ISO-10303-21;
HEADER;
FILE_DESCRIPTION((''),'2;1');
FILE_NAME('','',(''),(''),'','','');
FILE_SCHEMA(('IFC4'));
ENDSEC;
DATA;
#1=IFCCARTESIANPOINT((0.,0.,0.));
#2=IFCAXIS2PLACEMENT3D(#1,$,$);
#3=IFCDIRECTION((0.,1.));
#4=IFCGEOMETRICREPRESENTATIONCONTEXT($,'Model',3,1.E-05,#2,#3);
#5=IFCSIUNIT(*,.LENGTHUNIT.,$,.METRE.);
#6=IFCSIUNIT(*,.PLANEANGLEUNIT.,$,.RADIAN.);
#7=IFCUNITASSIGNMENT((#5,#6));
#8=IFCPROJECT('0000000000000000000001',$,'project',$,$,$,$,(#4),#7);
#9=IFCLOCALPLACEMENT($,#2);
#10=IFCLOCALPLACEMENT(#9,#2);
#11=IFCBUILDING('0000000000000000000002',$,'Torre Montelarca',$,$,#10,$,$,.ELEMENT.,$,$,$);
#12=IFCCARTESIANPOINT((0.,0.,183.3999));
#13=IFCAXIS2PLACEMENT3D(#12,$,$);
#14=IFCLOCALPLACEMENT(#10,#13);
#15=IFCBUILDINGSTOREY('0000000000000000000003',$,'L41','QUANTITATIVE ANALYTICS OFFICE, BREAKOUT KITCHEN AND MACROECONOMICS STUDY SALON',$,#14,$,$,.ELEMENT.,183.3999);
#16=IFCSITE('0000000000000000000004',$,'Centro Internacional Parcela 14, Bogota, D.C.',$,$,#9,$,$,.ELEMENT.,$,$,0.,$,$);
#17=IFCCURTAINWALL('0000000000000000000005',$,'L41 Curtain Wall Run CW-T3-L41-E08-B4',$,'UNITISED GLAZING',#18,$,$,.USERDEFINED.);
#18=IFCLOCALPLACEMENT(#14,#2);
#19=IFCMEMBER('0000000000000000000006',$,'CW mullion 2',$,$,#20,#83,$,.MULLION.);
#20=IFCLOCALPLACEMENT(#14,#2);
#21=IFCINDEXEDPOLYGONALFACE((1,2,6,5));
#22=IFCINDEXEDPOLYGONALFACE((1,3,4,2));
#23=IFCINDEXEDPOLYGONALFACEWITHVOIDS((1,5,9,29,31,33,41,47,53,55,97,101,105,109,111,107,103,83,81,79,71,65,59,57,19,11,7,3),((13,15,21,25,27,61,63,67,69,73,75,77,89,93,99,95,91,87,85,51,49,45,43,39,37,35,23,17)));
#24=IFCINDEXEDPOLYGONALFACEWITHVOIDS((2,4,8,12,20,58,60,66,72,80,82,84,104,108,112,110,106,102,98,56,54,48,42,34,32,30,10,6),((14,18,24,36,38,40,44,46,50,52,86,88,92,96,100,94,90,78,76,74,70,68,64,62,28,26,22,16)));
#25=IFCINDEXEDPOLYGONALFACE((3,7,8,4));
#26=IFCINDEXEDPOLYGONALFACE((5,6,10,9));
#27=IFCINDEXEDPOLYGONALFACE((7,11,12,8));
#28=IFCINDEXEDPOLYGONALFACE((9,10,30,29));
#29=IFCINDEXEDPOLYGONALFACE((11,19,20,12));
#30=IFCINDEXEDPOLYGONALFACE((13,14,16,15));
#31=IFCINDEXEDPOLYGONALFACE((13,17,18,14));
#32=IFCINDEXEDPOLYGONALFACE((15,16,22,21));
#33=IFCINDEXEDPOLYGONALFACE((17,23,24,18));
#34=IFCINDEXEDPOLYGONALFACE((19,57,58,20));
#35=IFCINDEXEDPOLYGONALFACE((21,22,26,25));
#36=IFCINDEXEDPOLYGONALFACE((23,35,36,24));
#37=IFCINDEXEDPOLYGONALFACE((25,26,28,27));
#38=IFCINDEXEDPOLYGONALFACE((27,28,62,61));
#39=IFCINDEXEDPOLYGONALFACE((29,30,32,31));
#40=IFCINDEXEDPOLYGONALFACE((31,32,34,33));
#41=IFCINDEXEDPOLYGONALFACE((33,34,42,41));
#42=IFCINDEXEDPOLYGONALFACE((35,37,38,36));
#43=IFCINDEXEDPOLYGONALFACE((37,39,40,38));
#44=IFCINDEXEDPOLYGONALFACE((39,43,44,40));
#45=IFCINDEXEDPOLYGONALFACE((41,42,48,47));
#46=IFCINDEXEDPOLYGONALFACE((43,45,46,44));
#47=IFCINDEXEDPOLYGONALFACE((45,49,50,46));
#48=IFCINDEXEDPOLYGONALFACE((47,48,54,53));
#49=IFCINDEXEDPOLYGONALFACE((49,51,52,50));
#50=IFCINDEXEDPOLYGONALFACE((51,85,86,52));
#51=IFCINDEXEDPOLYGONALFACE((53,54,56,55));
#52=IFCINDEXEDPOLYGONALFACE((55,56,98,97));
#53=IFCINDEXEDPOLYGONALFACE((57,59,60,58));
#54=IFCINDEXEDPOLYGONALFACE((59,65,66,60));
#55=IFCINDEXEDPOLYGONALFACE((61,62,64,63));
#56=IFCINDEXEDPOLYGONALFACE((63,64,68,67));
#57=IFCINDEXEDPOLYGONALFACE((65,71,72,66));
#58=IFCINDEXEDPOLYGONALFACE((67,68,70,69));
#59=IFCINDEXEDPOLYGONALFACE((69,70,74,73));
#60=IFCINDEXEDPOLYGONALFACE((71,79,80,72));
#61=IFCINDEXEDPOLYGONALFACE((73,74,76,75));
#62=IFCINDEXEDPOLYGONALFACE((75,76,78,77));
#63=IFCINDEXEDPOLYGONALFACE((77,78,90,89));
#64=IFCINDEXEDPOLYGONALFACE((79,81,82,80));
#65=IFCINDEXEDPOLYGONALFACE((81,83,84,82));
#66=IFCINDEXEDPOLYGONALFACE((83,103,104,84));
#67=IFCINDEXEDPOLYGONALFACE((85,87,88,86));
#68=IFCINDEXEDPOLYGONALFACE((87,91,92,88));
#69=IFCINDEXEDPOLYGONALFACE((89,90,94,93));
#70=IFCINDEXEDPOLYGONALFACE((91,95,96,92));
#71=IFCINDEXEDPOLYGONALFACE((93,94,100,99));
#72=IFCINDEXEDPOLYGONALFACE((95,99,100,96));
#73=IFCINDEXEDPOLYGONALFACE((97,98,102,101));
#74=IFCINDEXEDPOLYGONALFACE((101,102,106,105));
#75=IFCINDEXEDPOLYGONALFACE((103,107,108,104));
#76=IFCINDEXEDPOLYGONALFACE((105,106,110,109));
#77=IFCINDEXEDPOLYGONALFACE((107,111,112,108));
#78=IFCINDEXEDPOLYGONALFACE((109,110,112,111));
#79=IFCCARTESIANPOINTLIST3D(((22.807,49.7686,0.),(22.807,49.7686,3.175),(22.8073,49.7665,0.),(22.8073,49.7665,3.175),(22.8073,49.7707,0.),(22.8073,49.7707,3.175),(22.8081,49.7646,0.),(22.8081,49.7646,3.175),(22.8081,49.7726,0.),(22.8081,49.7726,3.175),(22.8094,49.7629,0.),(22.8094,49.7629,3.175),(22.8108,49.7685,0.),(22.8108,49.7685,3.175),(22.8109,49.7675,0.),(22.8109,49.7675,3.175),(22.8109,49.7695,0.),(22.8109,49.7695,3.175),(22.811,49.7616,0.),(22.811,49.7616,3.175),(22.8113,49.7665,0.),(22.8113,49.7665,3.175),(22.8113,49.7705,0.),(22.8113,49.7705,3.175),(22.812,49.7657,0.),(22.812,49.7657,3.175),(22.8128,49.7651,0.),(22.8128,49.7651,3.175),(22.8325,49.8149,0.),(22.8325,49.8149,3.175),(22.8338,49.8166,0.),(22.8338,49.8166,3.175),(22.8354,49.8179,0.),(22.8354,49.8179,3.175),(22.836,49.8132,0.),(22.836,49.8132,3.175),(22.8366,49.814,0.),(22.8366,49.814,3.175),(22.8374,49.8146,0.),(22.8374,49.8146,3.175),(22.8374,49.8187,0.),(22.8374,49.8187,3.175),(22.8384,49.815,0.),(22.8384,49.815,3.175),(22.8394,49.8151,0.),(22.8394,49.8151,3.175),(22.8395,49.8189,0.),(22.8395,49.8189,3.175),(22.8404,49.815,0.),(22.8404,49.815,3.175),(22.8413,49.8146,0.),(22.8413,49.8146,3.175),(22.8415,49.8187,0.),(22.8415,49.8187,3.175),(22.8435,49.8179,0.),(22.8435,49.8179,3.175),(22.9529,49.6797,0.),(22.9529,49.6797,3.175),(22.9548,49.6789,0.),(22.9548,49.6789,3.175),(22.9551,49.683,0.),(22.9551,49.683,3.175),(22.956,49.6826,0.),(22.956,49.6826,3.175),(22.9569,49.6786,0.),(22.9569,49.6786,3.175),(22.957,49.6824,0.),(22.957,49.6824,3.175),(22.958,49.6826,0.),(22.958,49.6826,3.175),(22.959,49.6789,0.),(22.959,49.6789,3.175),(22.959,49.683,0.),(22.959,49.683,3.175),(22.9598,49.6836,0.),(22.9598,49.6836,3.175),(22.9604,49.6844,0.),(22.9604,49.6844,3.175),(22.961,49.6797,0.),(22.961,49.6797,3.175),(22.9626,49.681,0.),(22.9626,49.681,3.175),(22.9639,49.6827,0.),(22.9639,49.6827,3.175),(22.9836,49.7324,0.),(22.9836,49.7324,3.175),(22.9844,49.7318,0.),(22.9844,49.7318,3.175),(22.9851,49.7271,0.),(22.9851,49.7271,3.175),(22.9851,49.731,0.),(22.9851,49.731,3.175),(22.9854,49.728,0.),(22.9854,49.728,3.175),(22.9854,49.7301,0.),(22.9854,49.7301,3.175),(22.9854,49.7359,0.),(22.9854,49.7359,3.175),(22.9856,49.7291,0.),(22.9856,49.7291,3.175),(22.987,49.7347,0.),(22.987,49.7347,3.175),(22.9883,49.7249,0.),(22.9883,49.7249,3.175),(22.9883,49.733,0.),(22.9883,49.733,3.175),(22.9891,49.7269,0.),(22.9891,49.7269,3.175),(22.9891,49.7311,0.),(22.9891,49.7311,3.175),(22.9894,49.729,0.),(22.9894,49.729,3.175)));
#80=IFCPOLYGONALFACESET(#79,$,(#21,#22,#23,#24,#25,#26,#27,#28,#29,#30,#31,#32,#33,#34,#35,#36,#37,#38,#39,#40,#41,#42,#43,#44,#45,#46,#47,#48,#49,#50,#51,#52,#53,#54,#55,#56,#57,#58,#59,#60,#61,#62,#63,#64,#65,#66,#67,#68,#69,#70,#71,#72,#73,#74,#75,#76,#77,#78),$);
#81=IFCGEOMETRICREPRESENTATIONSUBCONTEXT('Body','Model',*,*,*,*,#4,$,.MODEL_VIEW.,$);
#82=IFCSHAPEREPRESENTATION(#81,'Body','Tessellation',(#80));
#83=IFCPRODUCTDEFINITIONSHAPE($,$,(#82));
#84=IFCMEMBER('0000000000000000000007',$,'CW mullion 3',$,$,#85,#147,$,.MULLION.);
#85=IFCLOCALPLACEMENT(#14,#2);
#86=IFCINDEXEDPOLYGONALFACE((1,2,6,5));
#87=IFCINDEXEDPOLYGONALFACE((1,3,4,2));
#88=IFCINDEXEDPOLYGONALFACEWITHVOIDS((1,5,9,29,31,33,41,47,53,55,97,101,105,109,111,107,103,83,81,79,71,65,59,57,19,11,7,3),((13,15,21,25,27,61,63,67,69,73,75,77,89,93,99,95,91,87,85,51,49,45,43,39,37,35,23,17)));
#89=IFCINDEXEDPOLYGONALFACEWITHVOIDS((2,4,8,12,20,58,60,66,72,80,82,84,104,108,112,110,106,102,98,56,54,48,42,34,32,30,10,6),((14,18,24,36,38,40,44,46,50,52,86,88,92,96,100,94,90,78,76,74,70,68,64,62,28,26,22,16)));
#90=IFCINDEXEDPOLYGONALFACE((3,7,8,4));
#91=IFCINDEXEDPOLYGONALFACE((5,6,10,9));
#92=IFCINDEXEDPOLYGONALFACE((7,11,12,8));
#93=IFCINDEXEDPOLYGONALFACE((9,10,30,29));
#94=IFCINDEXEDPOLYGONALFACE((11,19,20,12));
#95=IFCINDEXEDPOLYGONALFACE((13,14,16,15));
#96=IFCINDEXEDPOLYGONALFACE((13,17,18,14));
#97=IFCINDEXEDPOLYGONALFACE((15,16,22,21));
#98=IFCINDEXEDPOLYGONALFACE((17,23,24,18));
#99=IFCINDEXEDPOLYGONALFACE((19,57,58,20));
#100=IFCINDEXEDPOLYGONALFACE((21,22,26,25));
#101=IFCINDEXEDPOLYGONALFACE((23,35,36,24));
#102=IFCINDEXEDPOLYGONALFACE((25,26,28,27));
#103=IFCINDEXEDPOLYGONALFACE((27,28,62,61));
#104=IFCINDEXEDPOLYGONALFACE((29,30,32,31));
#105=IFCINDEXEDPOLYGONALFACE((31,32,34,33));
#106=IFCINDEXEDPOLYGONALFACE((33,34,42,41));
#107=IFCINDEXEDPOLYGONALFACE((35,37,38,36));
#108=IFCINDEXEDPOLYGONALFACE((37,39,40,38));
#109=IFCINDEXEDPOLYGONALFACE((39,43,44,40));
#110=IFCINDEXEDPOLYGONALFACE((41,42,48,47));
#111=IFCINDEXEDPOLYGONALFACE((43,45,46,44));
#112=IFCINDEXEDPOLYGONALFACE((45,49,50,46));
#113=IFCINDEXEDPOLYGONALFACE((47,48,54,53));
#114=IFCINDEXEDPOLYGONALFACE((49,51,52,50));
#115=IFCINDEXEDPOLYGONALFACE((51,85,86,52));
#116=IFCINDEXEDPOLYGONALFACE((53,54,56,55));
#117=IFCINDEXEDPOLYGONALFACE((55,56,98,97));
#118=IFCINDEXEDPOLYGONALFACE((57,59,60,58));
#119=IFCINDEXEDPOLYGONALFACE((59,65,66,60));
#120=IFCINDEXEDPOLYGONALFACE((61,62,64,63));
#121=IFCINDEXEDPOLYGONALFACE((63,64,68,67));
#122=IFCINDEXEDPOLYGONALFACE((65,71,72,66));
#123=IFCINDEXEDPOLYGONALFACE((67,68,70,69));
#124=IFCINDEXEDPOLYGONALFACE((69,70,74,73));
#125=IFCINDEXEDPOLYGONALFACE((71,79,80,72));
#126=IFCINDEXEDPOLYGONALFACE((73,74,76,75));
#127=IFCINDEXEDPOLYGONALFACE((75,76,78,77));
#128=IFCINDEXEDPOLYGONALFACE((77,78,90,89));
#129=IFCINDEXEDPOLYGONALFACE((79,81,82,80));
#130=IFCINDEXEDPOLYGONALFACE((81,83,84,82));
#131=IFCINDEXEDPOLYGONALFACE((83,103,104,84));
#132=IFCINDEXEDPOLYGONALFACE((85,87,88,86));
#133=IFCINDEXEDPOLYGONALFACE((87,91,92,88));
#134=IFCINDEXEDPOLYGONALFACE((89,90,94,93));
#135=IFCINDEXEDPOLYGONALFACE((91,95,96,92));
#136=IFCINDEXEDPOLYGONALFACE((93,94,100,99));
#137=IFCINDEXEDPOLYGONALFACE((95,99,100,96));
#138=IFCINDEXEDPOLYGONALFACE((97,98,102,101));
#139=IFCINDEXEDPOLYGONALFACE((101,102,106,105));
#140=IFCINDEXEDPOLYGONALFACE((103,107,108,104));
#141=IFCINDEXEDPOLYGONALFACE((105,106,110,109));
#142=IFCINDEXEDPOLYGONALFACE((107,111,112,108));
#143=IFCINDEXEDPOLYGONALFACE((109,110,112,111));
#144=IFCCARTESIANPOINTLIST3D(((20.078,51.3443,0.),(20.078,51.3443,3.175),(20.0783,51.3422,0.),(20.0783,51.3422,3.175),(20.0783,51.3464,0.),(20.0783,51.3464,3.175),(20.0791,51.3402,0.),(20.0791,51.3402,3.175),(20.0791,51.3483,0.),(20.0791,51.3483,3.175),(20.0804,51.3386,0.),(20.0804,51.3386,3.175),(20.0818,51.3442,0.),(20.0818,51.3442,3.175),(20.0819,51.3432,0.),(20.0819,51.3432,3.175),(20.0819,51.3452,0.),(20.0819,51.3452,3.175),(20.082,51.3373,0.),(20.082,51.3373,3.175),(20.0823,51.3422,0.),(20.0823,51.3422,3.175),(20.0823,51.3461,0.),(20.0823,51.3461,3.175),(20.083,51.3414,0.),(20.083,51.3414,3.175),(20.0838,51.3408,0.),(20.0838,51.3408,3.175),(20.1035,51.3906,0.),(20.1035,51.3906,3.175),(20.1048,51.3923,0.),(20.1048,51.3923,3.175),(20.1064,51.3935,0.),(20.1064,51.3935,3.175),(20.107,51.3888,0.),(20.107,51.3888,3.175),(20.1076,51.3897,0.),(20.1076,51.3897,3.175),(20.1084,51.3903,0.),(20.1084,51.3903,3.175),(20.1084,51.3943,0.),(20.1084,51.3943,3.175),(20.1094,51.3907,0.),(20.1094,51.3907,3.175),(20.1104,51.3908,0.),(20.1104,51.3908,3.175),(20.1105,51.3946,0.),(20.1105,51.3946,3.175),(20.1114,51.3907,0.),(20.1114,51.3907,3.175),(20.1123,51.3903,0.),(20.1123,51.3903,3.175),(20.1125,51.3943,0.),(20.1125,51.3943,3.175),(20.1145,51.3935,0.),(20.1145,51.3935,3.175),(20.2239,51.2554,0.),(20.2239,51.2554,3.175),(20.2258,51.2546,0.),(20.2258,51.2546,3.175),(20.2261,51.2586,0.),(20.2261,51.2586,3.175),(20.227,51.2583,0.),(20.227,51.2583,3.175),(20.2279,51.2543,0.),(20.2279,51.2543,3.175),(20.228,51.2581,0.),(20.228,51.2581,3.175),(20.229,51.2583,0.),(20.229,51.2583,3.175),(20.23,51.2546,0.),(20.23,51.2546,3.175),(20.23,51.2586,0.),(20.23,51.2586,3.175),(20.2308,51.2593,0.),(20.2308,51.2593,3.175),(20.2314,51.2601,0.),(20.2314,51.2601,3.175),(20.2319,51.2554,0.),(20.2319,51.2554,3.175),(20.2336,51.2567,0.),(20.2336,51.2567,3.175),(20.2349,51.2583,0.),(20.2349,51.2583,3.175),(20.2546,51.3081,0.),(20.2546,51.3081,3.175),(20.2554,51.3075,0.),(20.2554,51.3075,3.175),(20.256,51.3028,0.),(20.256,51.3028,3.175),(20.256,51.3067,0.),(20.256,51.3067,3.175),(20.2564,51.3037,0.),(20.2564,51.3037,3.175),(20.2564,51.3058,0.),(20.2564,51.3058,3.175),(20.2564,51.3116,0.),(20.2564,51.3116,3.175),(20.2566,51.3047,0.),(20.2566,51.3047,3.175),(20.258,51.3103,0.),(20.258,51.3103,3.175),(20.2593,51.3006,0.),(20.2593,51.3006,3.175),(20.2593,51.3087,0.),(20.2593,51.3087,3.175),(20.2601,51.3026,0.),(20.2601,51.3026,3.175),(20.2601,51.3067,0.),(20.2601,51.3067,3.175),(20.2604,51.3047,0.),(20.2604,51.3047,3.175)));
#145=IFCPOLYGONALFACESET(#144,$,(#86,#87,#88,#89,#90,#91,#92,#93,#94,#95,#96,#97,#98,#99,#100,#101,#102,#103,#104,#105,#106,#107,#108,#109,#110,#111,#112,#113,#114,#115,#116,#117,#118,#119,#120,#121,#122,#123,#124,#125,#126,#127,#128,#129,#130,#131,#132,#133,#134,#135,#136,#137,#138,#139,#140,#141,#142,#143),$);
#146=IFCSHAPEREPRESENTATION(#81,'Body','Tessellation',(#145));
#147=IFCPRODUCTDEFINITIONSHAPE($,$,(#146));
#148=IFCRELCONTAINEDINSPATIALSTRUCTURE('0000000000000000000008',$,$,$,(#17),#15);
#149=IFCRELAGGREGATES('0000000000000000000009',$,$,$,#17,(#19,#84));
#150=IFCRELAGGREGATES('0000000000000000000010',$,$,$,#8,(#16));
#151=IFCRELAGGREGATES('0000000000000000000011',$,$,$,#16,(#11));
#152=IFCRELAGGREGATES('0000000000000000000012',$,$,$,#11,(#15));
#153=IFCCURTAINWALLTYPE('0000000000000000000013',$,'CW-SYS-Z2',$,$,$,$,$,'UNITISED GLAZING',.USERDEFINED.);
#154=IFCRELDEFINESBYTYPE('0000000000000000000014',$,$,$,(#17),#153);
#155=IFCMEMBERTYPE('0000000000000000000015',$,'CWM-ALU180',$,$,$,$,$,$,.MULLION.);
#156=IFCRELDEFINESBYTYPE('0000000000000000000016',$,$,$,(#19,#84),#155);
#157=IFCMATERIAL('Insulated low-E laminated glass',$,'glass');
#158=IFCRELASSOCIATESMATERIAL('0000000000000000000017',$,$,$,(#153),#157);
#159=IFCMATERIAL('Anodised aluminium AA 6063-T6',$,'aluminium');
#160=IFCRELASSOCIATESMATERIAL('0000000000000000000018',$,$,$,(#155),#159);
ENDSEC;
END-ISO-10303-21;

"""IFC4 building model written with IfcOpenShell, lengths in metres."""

from ifc_helpers import new_model, si_unit, direction, frame, origin, origin_2d, place, context, subcontext, project, spatial, hollow_rectangle, extrude, source, transform, mapped, material, material_profile, profile_set, type_object, element, aggregate, save


model = new_model("IFC4")

# Units and contexts
model_context = context("Model", 3, precision=1e-05, world=origin(), true_north=direction((0.0, 1.0)))
body_context = subcontext(model_context, "Body", "Model", "MODEL_VIEW")
ifc_project = project(units=[si_unit("LENGTHUNIT", "METRE"), si_unit("PLANEANGLEUNIT", "RADIAN")], contexts=[model_context])

# Site, building, storey
site_placement = place(None, origin())
site = spatial("IfcSite", under=ifc_project, at=site_placement, Name="Centro Internacional Parcela 14, Bogota, D.C.", CompositionType="ELEMENT", RefElevation=0.0)
building_placement = place(site_placement, origin())
building = spatial("IfcBuilding", under=site, at=building_placement, Name="Torre Montelarca", CompositionType="ELEMENT")
storey_placement = place(building_placement, frame((0.0, 0.0, 183.3999)))
storey = spatial("IfcBuildingStorey", under=building, at=storey_placement, Name="L41", Description="QUANTITATIVE ANALYTICS OFFICE, BREAKOUT KITCHEN AND MACROECONOMICS STUDY SALON", CompositionType="ELEMENT", Elevation=183.3999)

# Curtain wall, members
ifc_material_1 = material(Name="Insulated low-E laminated glass", Category="glass")
curtain_wall_type = type_object("IfcCurtainWallType", Name="CW-SYS-Z2", ElementType="UNITISED GLAZING", PredefinedType="USERDEFINED", material=ifc_material_1)
ifc_material_2 = material(Name="Anodised aluminium AA 6063-T6", Category="aluminium")
ifc_material_profile_1 = material_profile(ifc_material_2, hollow_rectangle(XDim=0.0649, YDim=0.1799, WallThickness=0.0039, InnerFilletRadius=0.0039, OuterFilletRadius=0.0081, at=origin_2d()), Name="ALU65X180X4", Category="aluminium")
ifc_profile_set_1 = profile_set([ifc_material_profile_1], Name="Anodised aluminium AA 6063-T6")
member_type_1 = type_object("IfcMemberType", Name="CWM-ALU180", PredefinedType="MULLION", material=ifc_profile_set_1)
curtain_wall_1_placement = place(storey_placement, origin())
curtain_wall_1 = element("IfcCurtainWall", 1, at=curtain_wall_1_placement, inside=storey, type_object=curtain_wall_type, Name="L41 Curtain Wall Run CW-T3-L41-E08-B4", ObjectType="UNITISED GLAZING", PredefinedType="USERDEFINED")
shared_shape_1 = source(origin(), body_context, "Body", "SweptSolid", [
    extrude(hollow_rectangle(XDim=0.0649, YDim=0.1799, WallThickness=0.0039, InnerFilletRadius=0.0039, OuterFilletRadius=0.0081, at=origin_2d()), origin(), (0.0, 0.0, 1.0), 3.175),
])
member_1_placement = place(storey_placement, frame((22.8982, 49.7488, 0.0), z_axis=(0.0, 0.0, 1.0), x_axis=(-0.499997, -0.866027, 0.0)))
member_1 = element("IfcMember", 2, at=member_1_placement, type_object=member_type_1, Name="CW mullion 2", PredefinedType="MULLION", context=body_context, shape_type="MappedRepresentation", body=[
    mapped(shared_shape_1, transform((0.0, 0.0, 0.0), scale=1.0)),
])
member_2_placement = place(storey_placement, frame((20.1692, 51.3245, 0.0), z_axis=(0.0, 0.0, 1.0), x_axis=(-0.499997, -0.866027, 0.0)))
member_2 = element("IfcMember", 3, at=member_2_placement, type_object=member_type_1, Name="CW mullion 3", PredefinedType="MULLION", context=body_context, shape_type="MappedRepresentation", body=[
    mapped(shared_shape_1, transform((0.0, 0.0, 0.0), scale=1.0)),
])

aggregate(curtain_wall_1, [member_1, member_2])

save(model, "model.ifc")
